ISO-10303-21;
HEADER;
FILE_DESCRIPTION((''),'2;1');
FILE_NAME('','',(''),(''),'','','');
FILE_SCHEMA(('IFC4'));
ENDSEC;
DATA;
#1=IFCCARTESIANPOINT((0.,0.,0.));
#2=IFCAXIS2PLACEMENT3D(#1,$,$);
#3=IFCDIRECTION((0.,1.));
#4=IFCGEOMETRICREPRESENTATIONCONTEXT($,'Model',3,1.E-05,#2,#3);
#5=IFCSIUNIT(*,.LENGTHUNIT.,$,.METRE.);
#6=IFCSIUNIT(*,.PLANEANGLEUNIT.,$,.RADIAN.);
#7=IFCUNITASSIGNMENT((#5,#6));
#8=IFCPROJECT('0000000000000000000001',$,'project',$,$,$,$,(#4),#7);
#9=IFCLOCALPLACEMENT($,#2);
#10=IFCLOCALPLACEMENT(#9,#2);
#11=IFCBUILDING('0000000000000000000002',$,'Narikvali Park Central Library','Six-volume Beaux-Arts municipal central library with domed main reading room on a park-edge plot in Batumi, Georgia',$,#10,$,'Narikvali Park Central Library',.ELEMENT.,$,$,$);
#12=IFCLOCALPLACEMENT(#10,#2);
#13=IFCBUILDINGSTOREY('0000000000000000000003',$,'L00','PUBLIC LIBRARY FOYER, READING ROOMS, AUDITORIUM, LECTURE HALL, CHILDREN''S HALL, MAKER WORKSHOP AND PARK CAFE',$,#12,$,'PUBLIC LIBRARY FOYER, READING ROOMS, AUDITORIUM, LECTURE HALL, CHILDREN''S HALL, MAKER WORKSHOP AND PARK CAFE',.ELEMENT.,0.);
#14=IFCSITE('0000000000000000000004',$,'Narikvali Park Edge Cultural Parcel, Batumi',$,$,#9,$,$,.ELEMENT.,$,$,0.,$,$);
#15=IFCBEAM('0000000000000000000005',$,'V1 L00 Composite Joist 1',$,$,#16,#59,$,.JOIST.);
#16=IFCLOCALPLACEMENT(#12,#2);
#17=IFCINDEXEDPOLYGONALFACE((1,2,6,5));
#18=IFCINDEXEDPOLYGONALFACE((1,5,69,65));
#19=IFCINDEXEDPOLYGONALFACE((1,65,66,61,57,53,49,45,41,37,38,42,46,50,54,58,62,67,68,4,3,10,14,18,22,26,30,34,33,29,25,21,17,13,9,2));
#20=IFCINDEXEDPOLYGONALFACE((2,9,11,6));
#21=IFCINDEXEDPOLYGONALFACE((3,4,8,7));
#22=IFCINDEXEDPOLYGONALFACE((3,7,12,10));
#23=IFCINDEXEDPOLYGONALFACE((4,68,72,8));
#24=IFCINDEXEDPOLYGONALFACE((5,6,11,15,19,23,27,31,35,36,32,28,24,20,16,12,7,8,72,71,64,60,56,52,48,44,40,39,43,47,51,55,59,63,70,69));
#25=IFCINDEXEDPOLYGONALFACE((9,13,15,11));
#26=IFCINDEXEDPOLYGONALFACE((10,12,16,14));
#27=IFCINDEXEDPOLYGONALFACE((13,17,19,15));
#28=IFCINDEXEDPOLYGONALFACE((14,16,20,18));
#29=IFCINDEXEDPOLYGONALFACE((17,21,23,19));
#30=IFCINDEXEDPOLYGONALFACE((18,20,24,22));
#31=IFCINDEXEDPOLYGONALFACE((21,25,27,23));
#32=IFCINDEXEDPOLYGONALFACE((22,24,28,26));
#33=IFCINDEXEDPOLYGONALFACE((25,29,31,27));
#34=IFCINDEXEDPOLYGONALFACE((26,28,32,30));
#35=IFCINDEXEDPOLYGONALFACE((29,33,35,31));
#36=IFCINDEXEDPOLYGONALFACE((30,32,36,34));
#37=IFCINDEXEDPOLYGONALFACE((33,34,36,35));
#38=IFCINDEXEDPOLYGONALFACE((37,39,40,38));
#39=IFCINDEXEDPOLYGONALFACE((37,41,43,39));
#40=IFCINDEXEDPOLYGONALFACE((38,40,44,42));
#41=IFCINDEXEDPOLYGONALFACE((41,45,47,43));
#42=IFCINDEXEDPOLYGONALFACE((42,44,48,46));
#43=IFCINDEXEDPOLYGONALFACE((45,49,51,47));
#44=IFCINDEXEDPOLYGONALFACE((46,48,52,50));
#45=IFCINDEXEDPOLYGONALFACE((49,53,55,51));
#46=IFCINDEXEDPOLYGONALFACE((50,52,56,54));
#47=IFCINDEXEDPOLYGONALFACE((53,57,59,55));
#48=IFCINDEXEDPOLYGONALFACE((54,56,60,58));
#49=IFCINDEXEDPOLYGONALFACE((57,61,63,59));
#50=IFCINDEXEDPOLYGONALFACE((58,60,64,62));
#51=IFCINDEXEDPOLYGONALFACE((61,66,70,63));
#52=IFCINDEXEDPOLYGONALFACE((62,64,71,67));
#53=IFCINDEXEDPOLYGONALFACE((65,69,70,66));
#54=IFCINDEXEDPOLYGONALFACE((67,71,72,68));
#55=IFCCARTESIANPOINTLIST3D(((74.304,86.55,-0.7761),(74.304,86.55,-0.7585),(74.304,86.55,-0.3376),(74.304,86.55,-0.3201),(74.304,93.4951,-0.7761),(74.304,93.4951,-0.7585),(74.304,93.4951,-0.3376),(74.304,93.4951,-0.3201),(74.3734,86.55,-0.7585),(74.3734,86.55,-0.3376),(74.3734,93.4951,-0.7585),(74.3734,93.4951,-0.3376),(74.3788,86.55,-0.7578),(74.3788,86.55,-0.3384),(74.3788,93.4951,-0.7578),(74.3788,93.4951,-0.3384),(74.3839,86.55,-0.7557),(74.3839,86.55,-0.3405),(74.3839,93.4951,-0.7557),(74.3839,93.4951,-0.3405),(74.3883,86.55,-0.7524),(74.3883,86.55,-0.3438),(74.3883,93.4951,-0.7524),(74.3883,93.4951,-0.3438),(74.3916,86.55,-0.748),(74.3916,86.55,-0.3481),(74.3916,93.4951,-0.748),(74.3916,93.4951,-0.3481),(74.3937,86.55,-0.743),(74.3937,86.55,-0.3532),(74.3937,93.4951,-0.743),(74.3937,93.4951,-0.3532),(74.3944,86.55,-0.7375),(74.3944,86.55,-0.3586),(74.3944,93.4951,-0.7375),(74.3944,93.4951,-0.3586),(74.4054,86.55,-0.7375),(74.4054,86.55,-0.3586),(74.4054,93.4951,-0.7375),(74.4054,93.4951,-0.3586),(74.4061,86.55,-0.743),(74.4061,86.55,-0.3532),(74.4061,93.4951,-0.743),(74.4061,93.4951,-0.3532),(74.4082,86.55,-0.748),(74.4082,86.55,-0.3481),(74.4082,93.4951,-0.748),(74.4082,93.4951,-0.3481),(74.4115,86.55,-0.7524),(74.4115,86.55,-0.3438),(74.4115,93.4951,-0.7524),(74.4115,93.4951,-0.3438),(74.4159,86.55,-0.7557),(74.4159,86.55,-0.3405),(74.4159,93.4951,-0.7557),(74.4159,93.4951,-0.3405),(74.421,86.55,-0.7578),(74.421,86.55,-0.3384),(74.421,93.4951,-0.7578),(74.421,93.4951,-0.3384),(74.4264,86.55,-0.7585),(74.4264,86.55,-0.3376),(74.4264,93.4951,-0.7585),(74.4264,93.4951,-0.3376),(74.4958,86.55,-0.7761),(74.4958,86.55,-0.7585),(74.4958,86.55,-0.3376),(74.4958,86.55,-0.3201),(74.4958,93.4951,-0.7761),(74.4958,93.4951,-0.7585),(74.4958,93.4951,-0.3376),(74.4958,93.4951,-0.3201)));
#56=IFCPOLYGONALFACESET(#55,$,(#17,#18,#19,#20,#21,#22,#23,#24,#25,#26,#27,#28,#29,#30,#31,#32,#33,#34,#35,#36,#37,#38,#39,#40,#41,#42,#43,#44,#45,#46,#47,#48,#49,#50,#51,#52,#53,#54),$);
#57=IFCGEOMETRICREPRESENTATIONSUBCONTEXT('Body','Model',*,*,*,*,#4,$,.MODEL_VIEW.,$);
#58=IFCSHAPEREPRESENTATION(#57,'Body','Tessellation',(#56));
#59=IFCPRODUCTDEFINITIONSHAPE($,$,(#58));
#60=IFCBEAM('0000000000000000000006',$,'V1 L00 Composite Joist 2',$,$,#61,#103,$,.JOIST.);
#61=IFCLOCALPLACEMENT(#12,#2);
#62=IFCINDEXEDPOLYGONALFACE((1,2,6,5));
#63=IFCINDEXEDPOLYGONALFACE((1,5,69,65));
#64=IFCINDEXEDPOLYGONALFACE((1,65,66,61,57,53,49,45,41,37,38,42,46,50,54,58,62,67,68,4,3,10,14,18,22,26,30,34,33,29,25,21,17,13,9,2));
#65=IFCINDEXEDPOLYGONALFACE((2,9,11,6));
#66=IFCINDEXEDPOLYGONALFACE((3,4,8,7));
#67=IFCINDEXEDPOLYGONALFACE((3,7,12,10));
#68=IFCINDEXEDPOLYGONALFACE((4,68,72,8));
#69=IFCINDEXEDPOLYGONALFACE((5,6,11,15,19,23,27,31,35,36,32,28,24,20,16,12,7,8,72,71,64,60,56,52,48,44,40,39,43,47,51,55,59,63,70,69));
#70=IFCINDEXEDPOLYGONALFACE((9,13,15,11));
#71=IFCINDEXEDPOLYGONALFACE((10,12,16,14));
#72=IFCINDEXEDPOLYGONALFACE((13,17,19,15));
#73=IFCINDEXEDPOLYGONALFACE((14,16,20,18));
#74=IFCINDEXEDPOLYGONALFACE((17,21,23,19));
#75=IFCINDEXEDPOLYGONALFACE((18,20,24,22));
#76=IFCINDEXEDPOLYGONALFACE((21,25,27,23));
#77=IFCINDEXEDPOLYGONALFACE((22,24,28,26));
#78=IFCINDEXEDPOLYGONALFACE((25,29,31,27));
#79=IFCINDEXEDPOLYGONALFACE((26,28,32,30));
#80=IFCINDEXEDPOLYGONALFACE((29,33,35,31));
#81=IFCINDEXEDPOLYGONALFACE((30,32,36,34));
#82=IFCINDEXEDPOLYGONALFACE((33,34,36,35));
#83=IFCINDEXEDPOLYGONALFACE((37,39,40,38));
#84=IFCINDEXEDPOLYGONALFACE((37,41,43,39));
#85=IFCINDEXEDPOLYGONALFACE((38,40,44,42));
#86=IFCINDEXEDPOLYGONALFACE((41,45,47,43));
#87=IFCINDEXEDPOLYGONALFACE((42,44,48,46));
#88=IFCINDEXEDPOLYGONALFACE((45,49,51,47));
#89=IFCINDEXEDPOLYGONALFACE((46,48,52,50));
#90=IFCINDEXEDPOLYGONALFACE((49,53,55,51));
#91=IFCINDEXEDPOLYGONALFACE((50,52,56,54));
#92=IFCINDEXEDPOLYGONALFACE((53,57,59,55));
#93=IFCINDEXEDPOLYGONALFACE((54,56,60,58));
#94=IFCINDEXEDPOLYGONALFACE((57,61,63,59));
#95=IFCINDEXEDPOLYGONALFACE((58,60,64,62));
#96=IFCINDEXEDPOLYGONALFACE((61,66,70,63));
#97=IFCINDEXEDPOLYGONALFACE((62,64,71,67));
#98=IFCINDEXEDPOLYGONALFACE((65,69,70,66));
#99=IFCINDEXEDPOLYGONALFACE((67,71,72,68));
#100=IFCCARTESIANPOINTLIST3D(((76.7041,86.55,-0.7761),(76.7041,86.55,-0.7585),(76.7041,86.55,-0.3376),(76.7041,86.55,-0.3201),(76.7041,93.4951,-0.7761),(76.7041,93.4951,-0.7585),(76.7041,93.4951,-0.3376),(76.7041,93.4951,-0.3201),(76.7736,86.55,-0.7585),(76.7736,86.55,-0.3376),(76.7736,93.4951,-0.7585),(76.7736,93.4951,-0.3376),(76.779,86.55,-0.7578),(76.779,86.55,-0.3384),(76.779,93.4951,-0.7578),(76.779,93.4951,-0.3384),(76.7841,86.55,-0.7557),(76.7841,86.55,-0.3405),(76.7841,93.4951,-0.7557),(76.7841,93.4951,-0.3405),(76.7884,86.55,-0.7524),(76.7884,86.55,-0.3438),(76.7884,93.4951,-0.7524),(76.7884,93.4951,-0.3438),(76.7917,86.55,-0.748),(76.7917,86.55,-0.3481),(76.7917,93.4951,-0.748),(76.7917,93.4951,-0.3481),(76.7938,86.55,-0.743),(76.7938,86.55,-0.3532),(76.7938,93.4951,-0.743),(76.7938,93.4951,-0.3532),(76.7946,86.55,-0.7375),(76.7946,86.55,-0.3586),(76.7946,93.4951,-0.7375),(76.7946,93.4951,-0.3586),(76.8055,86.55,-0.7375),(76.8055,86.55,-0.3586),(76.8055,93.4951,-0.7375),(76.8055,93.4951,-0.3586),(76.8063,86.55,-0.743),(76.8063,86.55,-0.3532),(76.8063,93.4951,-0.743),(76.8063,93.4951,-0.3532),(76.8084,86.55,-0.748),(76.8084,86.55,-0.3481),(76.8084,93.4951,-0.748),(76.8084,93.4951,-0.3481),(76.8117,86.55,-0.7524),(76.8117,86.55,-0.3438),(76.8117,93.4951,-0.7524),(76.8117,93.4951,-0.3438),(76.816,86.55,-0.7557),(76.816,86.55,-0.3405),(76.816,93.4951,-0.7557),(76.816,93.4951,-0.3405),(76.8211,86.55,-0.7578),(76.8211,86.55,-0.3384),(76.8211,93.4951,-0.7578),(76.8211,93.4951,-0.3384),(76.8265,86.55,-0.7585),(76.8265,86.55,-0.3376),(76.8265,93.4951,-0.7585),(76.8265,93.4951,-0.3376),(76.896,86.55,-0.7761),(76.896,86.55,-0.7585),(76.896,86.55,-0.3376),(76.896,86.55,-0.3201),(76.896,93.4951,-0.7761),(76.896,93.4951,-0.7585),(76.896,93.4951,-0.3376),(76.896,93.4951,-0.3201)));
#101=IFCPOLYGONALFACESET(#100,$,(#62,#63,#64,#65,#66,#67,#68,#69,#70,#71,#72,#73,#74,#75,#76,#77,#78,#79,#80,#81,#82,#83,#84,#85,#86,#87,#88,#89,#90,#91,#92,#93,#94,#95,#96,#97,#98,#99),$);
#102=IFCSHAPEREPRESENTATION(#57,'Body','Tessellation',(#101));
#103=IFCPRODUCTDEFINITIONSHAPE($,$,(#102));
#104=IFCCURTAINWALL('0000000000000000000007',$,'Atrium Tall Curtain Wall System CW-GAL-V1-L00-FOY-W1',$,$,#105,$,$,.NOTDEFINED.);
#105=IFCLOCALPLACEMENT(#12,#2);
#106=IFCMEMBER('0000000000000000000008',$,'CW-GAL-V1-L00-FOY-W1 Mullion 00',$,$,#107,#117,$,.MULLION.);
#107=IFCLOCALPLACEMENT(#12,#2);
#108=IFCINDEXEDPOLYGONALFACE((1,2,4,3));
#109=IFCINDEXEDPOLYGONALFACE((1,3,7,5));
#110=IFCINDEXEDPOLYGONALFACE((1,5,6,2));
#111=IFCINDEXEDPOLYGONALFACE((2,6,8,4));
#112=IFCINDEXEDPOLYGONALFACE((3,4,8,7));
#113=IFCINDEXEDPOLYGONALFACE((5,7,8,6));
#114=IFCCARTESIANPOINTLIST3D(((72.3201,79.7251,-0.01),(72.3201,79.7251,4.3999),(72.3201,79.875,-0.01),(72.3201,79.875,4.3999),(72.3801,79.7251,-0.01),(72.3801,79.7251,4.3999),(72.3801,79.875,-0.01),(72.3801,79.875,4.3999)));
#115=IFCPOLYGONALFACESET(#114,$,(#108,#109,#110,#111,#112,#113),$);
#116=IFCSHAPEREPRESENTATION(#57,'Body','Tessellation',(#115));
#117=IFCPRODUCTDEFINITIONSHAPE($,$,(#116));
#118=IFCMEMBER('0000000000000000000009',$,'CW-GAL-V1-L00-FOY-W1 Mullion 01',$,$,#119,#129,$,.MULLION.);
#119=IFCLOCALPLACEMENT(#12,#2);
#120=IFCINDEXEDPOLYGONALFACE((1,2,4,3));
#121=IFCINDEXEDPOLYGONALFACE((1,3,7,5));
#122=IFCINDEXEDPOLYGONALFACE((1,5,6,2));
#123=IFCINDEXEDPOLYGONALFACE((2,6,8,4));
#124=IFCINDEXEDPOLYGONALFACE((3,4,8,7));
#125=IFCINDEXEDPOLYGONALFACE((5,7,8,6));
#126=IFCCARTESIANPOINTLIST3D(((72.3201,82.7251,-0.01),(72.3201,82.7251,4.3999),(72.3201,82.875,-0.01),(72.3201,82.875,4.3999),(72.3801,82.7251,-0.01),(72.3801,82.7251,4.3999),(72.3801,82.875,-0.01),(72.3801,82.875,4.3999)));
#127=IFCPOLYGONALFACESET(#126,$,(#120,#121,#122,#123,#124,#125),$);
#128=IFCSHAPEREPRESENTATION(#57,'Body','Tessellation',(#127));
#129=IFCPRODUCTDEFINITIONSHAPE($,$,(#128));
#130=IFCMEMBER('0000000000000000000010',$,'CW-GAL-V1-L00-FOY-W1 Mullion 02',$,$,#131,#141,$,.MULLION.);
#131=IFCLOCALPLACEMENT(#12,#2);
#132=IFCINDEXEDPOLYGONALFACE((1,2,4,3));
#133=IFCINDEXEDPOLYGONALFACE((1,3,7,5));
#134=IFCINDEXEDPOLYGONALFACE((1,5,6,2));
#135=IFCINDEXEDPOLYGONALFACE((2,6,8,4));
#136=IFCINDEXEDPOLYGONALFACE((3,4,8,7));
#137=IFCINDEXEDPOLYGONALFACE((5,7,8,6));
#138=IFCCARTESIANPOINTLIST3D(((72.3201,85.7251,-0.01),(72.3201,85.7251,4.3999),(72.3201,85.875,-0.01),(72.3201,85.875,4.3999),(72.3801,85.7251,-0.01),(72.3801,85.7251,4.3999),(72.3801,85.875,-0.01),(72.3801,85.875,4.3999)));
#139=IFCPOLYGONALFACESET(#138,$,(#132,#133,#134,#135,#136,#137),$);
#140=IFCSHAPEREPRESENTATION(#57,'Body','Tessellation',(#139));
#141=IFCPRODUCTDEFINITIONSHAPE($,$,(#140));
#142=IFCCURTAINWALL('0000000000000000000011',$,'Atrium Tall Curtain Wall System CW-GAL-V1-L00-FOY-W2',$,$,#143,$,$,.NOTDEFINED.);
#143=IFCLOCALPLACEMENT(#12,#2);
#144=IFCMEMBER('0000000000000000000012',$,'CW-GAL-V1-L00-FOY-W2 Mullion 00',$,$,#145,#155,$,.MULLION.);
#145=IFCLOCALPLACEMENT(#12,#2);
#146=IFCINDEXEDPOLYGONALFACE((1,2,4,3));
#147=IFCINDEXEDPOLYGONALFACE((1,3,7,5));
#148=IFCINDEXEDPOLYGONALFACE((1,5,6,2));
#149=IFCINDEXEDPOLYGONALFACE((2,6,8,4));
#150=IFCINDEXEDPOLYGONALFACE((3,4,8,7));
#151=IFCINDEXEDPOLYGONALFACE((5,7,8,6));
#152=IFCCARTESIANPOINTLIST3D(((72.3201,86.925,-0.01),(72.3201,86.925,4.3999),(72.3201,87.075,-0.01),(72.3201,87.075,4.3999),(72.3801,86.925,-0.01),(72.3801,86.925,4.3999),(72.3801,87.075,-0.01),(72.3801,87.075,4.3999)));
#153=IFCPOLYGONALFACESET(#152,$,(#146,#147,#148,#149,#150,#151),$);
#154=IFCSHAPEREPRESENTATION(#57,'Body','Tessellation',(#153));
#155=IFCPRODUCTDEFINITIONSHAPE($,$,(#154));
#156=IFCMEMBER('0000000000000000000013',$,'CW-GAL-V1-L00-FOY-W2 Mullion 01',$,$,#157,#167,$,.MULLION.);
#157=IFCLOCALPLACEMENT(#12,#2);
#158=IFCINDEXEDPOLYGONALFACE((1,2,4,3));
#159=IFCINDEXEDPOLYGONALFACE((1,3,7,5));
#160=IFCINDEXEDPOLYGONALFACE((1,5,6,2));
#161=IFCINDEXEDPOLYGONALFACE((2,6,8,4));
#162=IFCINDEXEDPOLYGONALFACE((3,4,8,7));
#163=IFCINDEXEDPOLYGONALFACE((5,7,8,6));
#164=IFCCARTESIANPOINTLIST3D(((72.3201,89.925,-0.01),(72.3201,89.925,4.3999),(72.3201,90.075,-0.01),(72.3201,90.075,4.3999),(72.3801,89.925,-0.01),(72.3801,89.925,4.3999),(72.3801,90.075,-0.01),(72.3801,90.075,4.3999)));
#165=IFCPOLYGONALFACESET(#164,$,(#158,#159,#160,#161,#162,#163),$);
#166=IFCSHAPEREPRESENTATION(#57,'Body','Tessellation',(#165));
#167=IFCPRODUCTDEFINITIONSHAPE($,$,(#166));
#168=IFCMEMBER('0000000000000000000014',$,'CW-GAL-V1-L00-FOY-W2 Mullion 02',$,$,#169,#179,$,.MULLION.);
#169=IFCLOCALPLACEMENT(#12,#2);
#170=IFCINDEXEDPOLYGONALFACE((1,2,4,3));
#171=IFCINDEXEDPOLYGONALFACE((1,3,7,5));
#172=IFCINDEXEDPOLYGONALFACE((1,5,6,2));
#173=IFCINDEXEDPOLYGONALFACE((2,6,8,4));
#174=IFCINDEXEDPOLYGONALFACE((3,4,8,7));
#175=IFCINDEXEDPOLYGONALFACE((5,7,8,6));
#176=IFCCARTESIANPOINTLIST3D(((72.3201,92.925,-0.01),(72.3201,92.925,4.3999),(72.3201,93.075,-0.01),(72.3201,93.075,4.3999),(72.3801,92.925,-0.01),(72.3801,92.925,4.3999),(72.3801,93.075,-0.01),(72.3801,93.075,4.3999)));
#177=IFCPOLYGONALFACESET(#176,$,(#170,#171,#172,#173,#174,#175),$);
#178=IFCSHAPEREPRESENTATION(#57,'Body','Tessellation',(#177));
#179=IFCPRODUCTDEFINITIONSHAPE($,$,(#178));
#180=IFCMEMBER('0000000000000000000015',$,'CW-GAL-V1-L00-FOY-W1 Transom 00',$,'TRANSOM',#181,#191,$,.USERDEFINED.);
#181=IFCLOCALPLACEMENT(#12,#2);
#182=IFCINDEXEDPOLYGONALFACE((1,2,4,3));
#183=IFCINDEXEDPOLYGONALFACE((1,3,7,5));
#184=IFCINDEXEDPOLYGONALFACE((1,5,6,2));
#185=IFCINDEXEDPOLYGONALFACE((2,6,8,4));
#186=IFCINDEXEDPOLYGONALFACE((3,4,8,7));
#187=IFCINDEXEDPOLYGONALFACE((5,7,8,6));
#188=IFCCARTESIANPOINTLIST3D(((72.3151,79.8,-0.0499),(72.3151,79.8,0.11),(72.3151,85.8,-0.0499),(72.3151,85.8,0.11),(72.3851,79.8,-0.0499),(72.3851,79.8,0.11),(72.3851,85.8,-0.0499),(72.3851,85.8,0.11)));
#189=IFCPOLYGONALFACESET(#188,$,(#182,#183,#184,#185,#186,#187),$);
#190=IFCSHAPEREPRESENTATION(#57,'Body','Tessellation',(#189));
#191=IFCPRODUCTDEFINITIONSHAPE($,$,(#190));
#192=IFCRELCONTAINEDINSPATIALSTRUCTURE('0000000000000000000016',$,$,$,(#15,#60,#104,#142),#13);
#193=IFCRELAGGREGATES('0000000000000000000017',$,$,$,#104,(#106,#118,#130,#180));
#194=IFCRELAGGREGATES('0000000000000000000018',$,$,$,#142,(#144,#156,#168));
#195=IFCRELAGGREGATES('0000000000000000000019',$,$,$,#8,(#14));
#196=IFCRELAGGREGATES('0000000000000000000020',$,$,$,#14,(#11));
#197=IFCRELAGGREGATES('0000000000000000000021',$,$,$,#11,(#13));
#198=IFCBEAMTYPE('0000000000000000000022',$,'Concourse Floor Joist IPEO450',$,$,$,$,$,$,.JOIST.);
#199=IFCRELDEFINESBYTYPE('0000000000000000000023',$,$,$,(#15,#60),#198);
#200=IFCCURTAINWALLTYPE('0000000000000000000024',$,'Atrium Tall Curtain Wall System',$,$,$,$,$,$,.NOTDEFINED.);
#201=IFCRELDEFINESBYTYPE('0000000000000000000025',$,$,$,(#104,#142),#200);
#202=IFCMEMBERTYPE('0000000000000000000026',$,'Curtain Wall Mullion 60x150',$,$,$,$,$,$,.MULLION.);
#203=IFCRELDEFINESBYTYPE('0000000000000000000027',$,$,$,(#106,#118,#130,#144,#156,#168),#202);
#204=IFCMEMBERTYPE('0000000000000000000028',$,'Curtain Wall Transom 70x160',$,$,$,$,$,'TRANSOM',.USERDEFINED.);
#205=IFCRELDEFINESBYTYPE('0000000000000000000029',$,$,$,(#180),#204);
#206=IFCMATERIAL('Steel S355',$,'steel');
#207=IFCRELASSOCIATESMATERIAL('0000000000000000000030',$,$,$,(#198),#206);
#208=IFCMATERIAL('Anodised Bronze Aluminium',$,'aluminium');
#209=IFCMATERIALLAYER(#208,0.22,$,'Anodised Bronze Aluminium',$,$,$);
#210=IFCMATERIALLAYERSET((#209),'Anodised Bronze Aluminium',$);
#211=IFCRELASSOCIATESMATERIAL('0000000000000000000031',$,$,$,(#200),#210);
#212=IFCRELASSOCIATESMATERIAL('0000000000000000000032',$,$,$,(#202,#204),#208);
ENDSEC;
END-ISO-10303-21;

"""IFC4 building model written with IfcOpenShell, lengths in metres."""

from ifc_helpers import new_model, si_unit, direction, frame, origin, origin_2d, place, context, subcontext, project, spatial, rectangle, i_section, extrude, material, layer, layer_set, material_profile, profile_set, type_object, element, aggregate, save


model = new_model("IFC4")

# Units and contexts
model_context = context("Model", 3, precision=1e-05, world=origin(), true_north=direction((0.0, 1.0)))
body_context = subcontext(model_context, "Body", "Model", "MODEL_VIEW")
ifc_project = project(units=[si_unit("LENGTHUNIT", "METRE"), si_unit("PLANEANGLEUNIT", "RADIAN")], contexts=[model_context])

# Site, building, storey
site_placement = place(None, origin())
site = spatial("IfcSite", under=ifc_project, at=site_placement, Name="Narikvali Park Edge Cultural Parcel, Batumi", CompositionType="ELEMENT", RefElevation=0.0)
building_placement = place(site_placement, origin())
building = spatial("IfcBuilding", under=site, at=building_placement, Name="Narikvali Park Central Library", Description="Six-volume Beaux-Arts municipal central library with domed main reading room on a park-edge plot in Batumi, Georgia", LongName="Narikvali Park Central Library", CompositionType="ELEMENT")
storey_placement = place(building_placement, origin())
storey = spatial("IfcBuildingStorey", under=building, at=storey_placement, Name="L00", Description="PUBLIC LIBRARY FOYER, READING ROOMS, AUDITORIUM, LECTURE HALL, CHILDREN'S HALL, MAKER WORKSHOP AND PARK CAFE", LongName="PUBLIC LIBRARY FOYER, READING ROOMS, AUDITORIUM, LECTURE HALL, CHILDREN'S HALL, MAKER WORKSHOP AND PARK CAFE", CompositionType="ELEMENT", Elevation=0.0)

# Shared definitions
ifc_material_1 = material(Name="Steel S355", Category="steel")

# Beams
ifc_material_profile_1 = material_profile(ifc_material_1, i_section(OverallWidth=0.1919, OverallDepth=0.4561, WebThickness=0.011, FlangeThickness=0.0176, FilletRadius=0.021, at=origin_2d()), Name="IPEO 450")
ifc_profile_set_1 = profile_set([ifc_material_profile_1], Name="Steel S355")
beam_type_1 = type_object("IfcBeamType", Name="Concourse Floor Joist IPEO450", PredefinedType="JOIST", material=ifc_profile_set_1)
for number, where, z_axis, x_axis, name in (
    (1, (74.3999, 86.55, -0.5481), (0.0, 1.0, 0.0), (-1.0, 0.0, 0.0), "V1 L00 Composite Joist 1"),
    (2, (76.8, 86.55, -0.5481), (0.0, 1.0, 0.0), (-1.0, 0.0, 0.0), "V1 L00 Composite Joist 2"),
):
    element("IfcBeam", number, at=place(storey_placement, frame(where, z_axis=z_axis, x_axis=x_axis)), inside=storey, type_object=beam_type_1, Name=name, PredefinedType="JOIST", context=body_context, shape_type="SweptSolid", body=[
        extrude(i_section(OverallWidth=0.1919, OverallDepth=0.4561, WebThickness=0.011, FlangeThickness=0.0176, FilletRadius=0.021, at=origin_2d()), origin(), (0.0, 0.0, 1.0), 6.9451),
    ])

# Curtain walls, members
ifc_material_2 = material(Name="Anodised Bronze Aluminium", Category="aluminium")
ifc_layer_1 = layer(ifc_material_2, 0.22, Name="Anodised Bronze Aluminium")
ifc_layer_set_1 = layer_set([ifc_layer_1], Name="Anodised Bronze Aluminium")
curtain_wall_type = type_object("IfcCurtainWallType", Name="Atrium Tall Curtain Wall System", PredefinedType="NOTDEFINED", material=ifc_layer_set_1)
curtain_wall_1_placement = place(storey_placement, origin())
curtain_wall_1 = element("IfcCurtainWall", 3, at=curtain_wall_1_placement, inside=storey, type_object=curtain_wall_type, Name="Atrium Tall Curtain Wall System CW-GAL-V1-L00-FOY-W1", PredefinedType="NOTDEFINED")
ifc_material_profile_2 = material_profile(ifc_material_2, rectangle(XDim=0.0601, YDim=0.1499, at=origin_2d()), Name="CW MULLION 60x150")
ifc_profile_set_2 = profile_set([ifc_material_profile_2], Name="Anodised Bronze Aluminium")
member_type_1 = type_object("IfcMemberType", Name="Curtain Wall Mullion 60x150", PredefinedType="MULLION", material=ifc_profile_set_2)
member_1_placement = place(storey_placement, frame((72.3501, 79.8, -0.01), z_axis=(0.0, 0.0, 1.0), x_axis=(1.0, 0.0, 0.0)))
member_1 = element("IfcMember", 4, at=member_1_placement, type_object=member_type_1, Name="CW-GAL-V1-L00-FOY-W1 Mullion 00", PredefinedType="MULLION", context=body_context, shape_type="SweptSolid", body=[
    extrude(rectangle(XDim=0.0601, YDim=0.1499, at=origin_2d()), origin(), (0.0, 0.0, 1.0), 4.4099),
])
member_2_placement = place(storey_placement, frame((72.3501, 82.8, -0.01), z_axis=(0.0, 0.0, 1.0), x_axis=(1.0, 0.0, 0.0)))
member_2 = element("IfcMember", 5, at=member_2_placement, type_object=member_type_1, Name="CW-GAL-V1-L00-FOY-W1 Mullion 01", PredefinedType="MULLION", context=body_context, shape_type="SweptSolid", body=[
    extrude(rectangle(XDim=0.0601, YDim=0.1499, at=origin_2d()), origin(), (0.0, 0.0, 1.0), 4.4099),
])
member_3_placement = place(storey_placement, frame((72.3501, 85.8, -0.01), z_axis=(0.0, 0.0, 1.0), x_axis=(1.0, 0.0, 0.0)))
member_3 = element("IfcMember", 6, at=member_3_placement, type_object=member_type_1, Name="CW-GAL-V1-L00-FOY-W1 Mullion 02", PredefinedType="MULLION", context=body_context, shape_type="SweptSolid", body=[
    extrude(rectangle(XDim=0.0601, YDim=0.1499, at=origin_2d()), origin(), (0.0, 0.0, 1.0), 4.4099),
])
curtain_wall_2_placement = place(storey_placement, origin())
curtain_wall_2 = element("IfcCurtainWall", 7, at=curtain_wall_2_placement, inside=storey, type_object=curtain_wall_type, Name="Atrium Tall Curtain Wall System CW-GAL-V1-L00-FOY-W2", PredefinedType="NOTDEFINED")
member_4_placement = place(storey_placement, frame((72.3501, 87.0, -0.01), z_axis=(0.0, 0.0, 1.0), x_axis=(1.0, 0.0, 0.0)))
member_4 = element("IfcMember", 8, at=member_4_placement, type_object=member_type_1, Name="CW-GAL-V1-L00-FOY-W2 Mullion 00", PredefinedType="MULLION", context=body_context, shape_type="SweptSolid", body=[
    extrude(rectangle(XDim=0.0601, YDim=0.1499, at=origin_2d()), origin(), (0.0, 0.0, 1.0), 4.4099),
])
member_5_placement = place(storey_placement, frame((72.3501, 90.0, -0.01), z_axis=(0.0, 0.0, 1.0), x_axis=(1.0, 0.0, 0.0)))
member_5 = element("IfcMember", 9, at=member_5_placement, type_object=member_type_1, Name="CW-GAL-V1-L00-FOY-W2 Mullion 01", PredefinedType="MULLION", context=body_context, shape_type="SweptSolid", body=[
    extrude(rectangle(XDim=0.0601, YDim=0.1499, at=origin_2d()), origin(), (0.0, 0.0, 1.0), 4.4099),
])
member_6_placement = place(storey_placement, frame((72.3501, 93.0, -0.01), z_axis=(0.0, 0.0, 1.0), x_axis=(1.0, 0.0, 0.0)))
member_6 = element("IfcMember", 10, at=member_6_placement, type_object=member_type_1, Name="CW-GAL-V1-L00-FOY-W2 Mullion 02", PredefinedType="MULLION", context=body_context, shape_type="SweptSolid", body=[
    extrude(rectangle(XDim=0.0601, YDim=0.1499, at=origin_2d()), origin(), (0.0, 0.0, 1.0), 4.4099),
])

# Member
ifc_material_profile_3 = material_profile(ifc_material_2, rectangle(XDim=0.0701, YDim=0.1599, at=origin_2d()), Name="CW TRANSOM 70x160")
ifc_profile_set_3 = profile_set([ifc_material_profile_3], Name="Anodised Bronze Aluminium")
member_type_2 = type_object("IfcMemberType", Name="Curtain Wall Transom 70x160", ElementType="TRANSOM", PredefinedType="USERDEFINED", material=ifc_profile_set_3)
member_7_placement = place(storey_placement, frame((72.3501, 79.8, 0.03), z_axis=(0.0, 1.0, 0.0), x_axis=(-1.0, 0.0, 0.0)))
member_7 = element("IfcMember", 11, at=member_7_placement, type_object=member_type_2, Name="CW-GAL-V1-L00-FOY-W1 Transom 00", ObjectType="TRANSOM", PredefinedType="USERDEFINED", context=body_context, shape_type="SweptSolid", body=[
    extrude(rectangle(XDim=0.0701, YDim=0.1599, at=origin_2d()), origin(), (0.0, 0.0, 1.0), 6.0),
])

aggregate(curtain_wall_1, [member_1, member_2, member_3, member_7])
aggregate(curtain_wall_2, [member_4, member_5, member_6])

save(model, "model.ifc")
